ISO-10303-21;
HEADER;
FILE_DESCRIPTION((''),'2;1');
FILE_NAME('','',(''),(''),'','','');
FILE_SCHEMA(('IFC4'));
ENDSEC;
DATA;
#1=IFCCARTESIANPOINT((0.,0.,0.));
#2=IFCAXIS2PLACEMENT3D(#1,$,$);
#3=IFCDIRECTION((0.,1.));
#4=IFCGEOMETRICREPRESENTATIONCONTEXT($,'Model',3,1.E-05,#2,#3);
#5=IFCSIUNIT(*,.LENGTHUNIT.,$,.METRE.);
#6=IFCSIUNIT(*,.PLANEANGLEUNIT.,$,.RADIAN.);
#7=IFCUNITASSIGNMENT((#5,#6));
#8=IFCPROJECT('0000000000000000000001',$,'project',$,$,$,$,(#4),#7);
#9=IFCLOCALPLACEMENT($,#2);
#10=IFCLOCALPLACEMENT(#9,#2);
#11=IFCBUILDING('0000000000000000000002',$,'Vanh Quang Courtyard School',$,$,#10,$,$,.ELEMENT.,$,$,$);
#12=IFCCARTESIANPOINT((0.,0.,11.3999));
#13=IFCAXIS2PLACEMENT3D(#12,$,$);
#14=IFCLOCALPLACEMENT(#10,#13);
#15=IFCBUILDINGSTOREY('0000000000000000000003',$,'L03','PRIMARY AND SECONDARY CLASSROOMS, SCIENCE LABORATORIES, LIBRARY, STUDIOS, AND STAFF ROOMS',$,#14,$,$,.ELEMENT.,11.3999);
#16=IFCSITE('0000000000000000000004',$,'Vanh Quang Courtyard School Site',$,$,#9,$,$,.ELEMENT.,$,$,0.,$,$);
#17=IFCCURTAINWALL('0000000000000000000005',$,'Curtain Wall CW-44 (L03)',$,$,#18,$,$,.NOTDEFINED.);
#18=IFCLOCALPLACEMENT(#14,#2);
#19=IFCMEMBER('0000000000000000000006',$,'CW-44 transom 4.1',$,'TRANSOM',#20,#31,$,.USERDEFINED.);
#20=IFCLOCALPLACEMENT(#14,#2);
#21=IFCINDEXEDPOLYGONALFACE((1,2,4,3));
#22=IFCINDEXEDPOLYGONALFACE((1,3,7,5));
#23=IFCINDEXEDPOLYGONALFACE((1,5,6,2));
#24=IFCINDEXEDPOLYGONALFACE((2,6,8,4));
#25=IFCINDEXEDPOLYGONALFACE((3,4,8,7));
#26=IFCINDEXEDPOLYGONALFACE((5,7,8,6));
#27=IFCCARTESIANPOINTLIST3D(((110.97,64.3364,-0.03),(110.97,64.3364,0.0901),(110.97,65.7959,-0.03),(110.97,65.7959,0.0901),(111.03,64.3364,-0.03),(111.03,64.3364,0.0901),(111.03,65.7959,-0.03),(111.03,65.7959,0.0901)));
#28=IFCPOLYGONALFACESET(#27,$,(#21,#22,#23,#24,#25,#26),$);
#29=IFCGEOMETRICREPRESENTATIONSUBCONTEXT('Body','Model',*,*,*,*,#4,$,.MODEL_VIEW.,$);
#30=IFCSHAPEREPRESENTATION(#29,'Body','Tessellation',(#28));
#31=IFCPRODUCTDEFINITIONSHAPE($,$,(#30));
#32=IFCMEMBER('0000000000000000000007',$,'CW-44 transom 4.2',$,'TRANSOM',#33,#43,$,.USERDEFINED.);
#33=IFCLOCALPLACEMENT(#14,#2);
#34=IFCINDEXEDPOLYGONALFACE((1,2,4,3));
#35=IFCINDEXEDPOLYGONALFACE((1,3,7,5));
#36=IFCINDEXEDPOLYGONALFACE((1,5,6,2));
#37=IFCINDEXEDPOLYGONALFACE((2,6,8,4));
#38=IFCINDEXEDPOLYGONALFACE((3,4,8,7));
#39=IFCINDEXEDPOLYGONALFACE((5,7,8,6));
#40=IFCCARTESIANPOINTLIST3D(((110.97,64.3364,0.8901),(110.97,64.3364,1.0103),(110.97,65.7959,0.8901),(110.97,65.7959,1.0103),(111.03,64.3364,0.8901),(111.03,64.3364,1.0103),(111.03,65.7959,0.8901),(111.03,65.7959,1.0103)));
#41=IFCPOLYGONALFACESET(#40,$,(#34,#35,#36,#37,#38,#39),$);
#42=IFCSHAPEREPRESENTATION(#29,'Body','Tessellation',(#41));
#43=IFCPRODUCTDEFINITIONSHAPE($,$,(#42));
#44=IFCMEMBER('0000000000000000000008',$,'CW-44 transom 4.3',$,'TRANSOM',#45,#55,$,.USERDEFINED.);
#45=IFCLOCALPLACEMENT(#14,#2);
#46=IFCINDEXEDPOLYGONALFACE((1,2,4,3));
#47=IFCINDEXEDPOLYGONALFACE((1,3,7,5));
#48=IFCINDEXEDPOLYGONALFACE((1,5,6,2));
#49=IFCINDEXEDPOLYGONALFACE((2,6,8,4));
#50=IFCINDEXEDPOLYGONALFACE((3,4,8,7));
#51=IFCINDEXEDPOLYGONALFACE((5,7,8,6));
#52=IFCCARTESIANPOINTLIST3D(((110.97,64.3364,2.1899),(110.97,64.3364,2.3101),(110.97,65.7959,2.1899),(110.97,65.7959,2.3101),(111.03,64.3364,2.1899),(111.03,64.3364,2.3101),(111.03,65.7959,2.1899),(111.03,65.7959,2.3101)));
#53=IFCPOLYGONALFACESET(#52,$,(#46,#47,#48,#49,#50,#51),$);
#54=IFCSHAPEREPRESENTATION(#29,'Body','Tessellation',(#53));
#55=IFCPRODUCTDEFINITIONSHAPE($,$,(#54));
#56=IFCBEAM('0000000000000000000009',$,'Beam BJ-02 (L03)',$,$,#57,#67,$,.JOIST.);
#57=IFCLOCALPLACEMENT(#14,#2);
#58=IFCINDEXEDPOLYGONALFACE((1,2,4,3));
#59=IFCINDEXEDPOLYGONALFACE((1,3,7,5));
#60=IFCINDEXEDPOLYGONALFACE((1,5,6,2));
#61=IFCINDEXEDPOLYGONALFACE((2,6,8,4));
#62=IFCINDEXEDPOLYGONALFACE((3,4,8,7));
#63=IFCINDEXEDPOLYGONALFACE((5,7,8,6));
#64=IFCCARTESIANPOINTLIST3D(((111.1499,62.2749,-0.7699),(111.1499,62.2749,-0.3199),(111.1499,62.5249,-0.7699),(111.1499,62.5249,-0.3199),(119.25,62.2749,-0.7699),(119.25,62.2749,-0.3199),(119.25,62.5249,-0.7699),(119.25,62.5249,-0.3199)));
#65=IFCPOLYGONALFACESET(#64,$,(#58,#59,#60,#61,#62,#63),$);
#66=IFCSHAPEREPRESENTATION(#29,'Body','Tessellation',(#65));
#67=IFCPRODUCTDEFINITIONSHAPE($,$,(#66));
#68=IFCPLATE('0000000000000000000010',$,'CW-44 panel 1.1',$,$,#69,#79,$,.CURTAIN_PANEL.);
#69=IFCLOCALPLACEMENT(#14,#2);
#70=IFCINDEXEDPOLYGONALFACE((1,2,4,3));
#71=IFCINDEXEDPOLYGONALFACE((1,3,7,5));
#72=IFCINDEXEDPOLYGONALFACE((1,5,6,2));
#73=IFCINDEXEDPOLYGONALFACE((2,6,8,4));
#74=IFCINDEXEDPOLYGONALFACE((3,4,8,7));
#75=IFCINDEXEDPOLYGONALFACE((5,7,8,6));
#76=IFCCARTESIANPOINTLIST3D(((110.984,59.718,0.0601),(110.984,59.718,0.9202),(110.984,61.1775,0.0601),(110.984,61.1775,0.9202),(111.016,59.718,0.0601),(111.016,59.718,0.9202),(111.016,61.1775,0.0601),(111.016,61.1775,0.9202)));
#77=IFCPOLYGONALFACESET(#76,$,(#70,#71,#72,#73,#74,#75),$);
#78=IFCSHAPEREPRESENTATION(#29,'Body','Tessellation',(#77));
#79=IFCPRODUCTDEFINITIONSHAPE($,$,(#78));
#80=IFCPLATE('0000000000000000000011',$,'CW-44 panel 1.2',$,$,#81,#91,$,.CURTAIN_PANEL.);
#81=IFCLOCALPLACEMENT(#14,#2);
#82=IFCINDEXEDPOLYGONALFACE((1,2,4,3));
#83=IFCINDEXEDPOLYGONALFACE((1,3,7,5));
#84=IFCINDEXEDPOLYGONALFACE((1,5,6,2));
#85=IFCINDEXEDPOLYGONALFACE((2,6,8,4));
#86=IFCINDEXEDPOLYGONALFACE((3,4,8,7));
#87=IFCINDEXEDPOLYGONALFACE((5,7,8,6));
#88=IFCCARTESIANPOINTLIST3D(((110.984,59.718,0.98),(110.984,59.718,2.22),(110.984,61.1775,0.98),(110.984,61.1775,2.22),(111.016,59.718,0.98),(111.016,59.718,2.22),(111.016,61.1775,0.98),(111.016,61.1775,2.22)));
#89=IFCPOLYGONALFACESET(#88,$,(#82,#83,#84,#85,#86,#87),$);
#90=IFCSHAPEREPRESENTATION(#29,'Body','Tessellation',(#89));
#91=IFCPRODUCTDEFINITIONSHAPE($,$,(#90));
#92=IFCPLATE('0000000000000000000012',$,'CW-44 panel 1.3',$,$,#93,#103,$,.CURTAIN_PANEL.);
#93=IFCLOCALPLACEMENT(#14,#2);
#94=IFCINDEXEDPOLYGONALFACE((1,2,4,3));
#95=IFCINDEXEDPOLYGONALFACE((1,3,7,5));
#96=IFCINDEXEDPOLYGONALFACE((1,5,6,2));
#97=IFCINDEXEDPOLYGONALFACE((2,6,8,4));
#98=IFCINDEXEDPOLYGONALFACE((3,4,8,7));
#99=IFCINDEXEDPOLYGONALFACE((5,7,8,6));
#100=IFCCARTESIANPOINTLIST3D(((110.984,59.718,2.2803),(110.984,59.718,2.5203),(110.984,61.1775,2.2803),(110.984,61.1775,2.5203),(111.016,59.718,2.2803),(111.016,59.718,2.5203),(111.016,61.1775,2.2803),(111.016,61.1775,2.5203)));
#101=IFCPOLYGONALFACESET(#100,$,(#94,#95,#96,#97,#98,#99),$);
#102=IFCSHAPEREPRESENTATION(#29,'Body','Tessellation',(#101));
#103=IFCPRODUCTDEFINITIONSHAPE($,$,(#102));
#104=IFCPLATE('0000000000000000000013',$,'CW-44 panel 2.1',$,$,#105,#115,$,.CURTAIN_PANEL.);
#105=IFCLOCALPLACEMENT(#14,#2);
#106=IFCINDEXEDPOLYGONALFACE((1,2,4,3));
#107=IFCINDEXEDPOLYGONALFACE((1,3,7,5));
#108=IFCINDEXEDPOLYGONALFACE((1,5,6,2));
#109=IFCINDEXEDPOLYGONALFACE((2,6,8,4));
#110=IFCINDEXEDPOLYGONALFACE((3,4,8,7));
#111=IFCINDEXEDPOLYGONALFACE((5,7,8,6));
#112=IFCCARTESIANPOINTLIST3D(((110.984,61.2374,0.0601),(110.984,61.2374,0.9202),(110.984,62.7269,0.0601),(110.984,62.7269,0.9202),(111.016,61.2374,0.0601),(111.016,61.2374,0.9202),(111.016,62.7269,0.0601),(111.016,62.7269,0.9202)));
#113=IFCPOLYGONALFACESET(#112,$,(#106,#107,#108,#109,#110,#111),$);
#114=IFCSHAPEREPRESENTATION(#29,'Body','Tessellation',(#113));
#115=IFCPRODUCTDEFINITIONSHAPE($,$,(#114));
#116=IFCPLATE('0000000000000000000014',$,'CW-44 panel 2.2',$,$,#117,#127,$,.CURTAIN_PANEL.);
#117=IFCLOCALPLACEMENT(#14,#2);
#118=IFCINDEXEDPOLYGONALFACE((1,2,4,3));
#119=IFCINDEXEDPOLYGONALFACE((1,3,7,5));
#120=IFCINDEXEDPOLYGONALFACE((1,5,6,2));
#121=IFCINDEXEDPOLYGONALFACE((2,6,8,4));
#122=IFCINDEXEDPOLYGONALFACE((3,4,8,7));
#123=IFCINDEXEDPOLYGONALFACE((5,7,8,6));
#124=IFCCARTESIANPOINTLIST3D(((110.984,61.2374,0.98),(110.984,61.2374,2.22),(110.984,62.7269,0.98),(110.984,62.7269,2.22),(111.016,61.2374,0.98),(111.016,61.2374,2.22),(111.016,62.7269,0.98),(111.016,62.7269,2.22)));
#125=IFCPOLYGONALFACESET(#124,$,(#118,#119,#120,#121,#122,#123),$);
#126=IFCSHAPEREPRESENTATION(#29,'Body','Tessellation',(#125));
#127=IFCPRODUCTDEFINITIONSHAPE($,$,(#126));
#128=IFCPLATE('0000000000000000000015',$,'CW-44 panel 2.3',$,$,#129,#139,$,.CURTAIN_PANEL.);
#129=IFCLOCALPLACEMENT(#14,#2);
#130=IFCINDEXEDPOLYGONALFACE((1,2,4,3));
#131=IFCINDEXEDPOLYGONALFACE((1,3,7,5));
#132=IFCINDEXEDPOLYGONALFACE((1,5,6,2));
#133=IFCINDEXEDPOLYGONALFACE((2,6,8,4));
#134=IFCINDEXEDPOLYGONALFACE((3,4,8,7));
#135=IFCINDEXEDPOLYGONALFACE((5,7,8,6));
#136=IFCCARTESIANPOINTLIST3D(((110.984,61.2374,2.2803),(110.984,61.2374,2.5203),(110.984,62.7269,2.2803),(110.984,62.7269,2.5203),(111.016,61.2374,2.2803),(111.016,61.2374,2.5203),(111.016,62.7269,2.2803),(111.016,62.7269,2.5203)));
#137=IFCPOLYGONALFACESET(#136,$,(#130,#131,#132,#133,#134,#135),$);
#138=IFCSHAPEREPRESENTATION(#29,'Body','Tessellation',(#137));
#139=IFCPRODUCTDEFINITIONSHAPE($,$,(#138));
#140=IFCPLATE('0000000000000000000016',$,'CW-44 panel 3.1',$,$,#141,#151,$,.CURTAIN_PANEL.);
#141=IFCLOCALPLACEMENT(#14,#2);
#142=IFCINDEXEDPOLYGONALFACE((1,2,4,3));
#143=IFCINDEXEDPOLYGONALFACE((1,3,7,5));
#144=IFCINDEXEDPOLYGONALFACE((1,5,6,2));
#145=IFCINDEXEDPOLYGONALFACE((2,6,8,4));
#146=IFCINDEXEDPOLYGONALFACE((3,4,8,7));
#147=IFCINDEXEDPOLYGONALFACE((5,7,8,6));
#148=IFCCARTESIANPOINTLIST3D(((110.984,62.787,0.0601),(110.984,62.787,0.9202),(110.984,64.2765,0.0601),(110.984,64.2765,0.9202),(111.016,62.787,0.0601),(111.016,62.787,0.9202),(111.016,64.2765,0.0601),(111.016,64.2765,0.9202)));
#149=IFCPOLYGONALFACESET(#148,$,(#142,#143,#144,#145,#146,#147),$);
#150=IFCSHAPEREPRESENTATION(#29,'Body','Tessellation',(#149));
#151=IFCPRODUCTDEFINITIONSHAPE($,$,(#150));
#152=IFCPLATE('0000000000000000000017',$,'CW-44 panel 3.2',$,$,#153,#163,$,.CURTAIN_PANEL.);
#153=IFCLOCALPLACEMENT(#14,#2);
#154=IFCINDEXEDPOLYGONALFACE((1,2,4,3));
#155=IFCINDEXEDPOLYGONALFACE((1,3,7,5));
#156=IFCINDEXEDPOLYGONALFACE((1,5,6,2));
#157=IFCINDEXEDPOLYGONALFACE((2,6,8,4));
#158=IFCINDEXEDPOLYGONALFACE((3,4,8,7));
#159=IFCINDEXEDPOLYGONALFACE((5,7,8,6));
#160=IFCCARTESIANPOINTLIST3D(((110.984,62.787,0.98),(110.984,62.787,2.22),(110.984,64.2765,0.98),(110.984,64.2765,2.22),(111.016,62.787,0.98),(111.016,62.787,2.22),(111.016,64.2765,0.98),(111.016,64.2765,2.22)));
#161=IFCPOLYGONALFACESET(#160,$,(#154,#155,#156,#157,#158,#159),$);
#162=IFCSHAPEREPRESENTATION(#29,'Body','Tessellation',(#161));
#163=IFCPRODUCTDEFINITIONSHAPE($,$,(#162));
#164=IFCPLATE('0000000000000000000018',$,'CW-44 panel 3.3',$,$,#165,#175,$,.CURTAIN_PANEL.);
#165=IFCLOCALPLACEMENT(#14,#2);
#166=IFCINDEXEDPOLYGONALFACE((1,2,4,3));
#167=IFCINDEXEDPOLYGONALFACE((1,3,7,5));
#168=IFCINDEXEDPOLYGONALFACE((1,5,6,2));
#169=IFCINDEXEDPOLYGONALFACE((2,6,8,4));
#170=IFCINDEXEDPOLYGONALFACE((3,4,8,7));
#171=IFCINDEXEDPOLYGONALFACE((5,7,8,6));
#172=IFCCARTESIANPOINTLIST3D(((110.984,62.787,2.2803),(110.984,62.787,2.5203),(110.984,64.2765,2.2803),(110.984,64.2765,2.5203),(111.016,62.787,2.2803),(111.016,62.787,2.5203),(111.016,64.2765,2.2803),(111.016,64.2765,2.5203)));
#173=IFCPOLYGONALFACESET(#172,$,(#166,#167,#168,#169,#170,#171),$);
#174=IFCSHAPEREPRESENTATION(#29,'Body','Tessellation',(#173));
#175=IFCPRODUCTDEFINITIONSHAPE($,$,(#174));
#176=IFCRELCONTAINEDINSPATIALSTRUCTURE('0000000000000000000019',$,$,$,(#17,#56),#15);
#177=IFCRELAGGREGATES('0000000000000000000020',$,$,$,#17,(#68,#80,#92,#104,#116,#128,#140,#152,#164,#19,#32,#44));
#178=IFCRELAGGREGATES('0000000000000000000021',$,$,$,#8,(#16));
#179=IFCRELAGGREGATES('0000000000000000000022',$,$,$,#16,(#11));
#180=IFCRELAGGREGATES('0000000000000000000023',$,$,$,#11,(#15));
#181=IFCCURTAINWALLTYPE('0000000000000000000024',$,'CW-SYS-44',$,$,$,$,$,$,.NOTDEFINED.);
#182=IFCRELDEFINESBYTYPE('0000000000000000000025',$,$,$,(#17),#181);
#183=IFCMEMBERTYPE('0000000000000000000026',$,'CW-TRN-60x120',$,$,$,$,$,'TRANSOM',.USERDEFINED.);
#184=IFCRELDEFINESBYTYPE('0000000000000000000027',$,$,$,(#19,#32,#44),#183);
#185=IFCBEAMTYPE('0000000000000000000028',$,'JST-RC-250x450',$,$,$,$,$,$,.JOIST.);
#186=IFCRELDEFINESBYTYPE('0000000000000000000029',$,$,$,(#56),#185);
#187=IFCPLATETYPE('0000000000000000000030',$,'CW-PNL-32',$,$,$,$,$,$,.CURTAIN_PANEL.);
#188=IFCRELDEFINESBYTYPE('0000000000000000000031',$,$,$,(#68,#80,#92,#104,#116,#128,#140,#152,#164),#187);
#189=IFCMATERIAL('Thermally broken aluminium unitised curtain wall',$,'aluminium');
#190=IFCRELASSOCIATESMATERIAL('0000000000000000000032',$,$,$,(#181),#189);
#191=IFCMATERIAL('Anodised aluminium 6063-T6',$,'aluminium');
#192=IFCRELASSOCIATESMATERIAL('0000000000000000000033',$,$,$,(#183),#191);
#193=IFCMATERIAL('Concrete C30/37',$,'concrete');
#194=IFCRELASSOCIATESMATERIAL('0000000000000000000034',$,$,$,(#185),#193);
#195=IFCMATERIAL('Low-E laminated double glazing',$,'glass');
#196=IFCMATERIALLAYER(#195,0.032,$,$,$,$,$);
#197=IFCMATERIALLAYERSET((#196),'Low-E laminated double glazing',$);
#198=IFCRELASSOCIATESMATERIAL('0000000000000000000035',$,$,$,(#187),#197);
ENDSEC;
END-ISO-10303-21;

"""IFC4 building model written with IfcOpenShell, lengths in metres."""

from ifc_helpers import new_model, si_unit, direction, frame, origin, origin_2d, place, context, subcontext, project, spatial, rectangle, extrude, material, layer, layer_set, material_profile, profile_set, type_object, element, aggregate, save


model = new_model("IFC4")

# Units and contexts
model_context = context("Model", 3, precision=1e-05, world=origin(), true_north=direction((0.0, 1.0)))
body_context = subcontext(model_context, "Body", "Model", "MODEL_VIEW")
ifc_project = project(units=[si_unit("LENGTHUNIT", "METRE"), si_unit("PLANEANGLEUNIT", "RADIAN")], contexts=[model_context])

# Site, building, storey
site_placement = place(None, origin())
site = spatial("IfcSite", under=ifc_project, at=site_placement, Name="Vanh Quang Courtyard School Site", CompositionType="ELEMENT", RefElevation=0.0)
building_placement = place(site_placement, origin())
building = spatial("IfcBuilding", under=site, at=building_placement, Name="Vanh Quang Courtyard School", CompositionType="ELEMENT")
storey_placement = place(building_placement, frame((0.0, 0.0, 11.3999)))
storey = spatial("IfcBuildingStorey", under=building, at=storey_placement, Name="L03", Description="PRIMARY AND SECONDARY CLASSROOMS, SCIENCE LABORATORIES, LIBRARY, STUDIOS, AND STAFF ROOMS", CompositionType="ELEMENT", Elevation=11.3999)

# Curtain wall, members
ifc_material_1 = material(Name="Thermally broken aluminium unitised curtain wall", Category="aluminium")
curtain_wall_type = type_object("IfcCurtainWallType", Name="CW-SYS-44", PredefinedType="NOTDEFINED", material=ifc_material_1)
curtain_wall_placement = place(storey_placement, origin())
curtain_wall = element("IfcCurtainWall", 1, at=curtain_wall_placement, inside=storey, type_object=curtain_wall_type, Name="Curtain Wall CW-44 (L03)", PredefinedType="NOTDEFINED")
ifc_material_2 = material(Name="Anodised aluminium 6063-T6", Category="aluminium")
ifc_material_profile_1 = material_profile(ifc_material_2, rectangle(XDim=0.0601, YDim=0.1201, at=origin_2d()), Name="ALU-TRN 60x120")
ifc_profile_set_1 = profile_set([ifc_material_profile_1], Name="Anodised aluminium 6063-T6")
member_type_1 = type_object("IfcMemberType", Name="CW-TRN-60x120", ElementType="TRANSOM", PredefinedType="USERDEFINED", material=ifc_profile_set_1)
member_1_placement = place(storey_placement, frame((111.0, 64.3364, 0.03), z_axis=(0.0, 1.0, 0.0), x_axis=(-1.0, 0.0, 0.0)))
member_1 = element("IfcMember", 2, at=member_1_placement, type_object=member_type_1, Name="CW-44 transom 4.1", ObjectType="TRANSOM", PredefinedType="USERDEFINED", context=body_context, shape_type="SweptSolid", body=[
    extrude(rectangle(XDim=0.0601, YDim=0.1201, at=origin_2d()), origin(), (0.0, 0.0, 1.0), 1.4595),
])
member_2_placement = place(storey_placement, frame((111.0, 64.3364, 0.9502), z_axis=(0.0, 1.0, 0.0), x_axis=(-1.0, 0.0, 0.0)))
member_2 = element("IfcMember", 3, at=member_2_placement, type_object=member_type_1, Name="CW-44 transom 4.2", ObjectType="TRANSOM", PredefinedType="USERDEFINED", context=body_context, shape_type="SweptSolid", body=[
    extrude(rectangle(XDim=0.0601, YDim=0.1201, at=origin_2d()), origin(), (0.0, 0.0, 1.0), 1.4595),
])
member_3_placement = place(storey_placement, frame((111.0, 64.3364, 2.25), z_axis=(0.0, 1.0, 0.0), x_axis=(-1.0, 0.0, 0.0)))
member_3 = element("IfcMember", 4, at=member_3_placement, type_object=member_type_1, Name="CW-44 transom 4.3", ObjectType="TRANSOM", PredefinedType="USERDEFINED", context=body_context, shape_type="SweptSolid", body=[
    extrude(rectangle(XDim=0.0601, YDim=0.1201, at=origin_2d()), origin(), (0.0, 0.0, 1.0), 1.4595),
])

# Beam
ifc_material_3 = material(Name="Concrete C30/37", Category="concrete")
ifc_material_profile_2 = material_profile(ifc_material_3, rectangle(XDim=0.25, YDim=0.45, at=origin_2d()), Name="RC-JST 250x450")
ifc_profile_set_2 = profile_set([ifc_material_profile_2], Name="Concrete C30/37")
beam_type = type_object("IfcBeamType", Name="JST-RC-250x450", PredefinedType="JOIST", material=ifc_profile_set_2)
beam_placement = place(storey_placement, frame((111.1499, 62.3999, -0.5449), z_axis=(1.0, 0.0, 0.0), x_axis=(0.0, 1.0, 0.0)))
element("IfcBeam", 5, at=beam_placement, inside=storey, type_object=beam_type, Name="Beam BJ-02 (L03)", PredefinedType="JOIST", context=body_context, shape_type="SweptSolid", body=[
    extrude(rectangle(XDim=0.25, YDim=0.45, at=origin_2d()), origin(), (0.0, 0.0, 1.0), 8.1001),
])

# Plates
ifc_material_4 = material(Name="Low-E laminated double glazing", Category="glass")
ifc_layer = layer(ifc_material_4, 0.032)
ifc_layer_set = layer_set([ifc_layer], Name="Low-E laminated double glazing")
plate_type = type_object("IfcPlateType", Name="CW-PNL-32", PredefinedType="CURTAIN_PANEL", material=ifc_layer_set)
plate_1_placement = place(storey_placement, frame((111.0, 60.4478, 0.0601), z_axis=(0.0, 0.0, 1.0), x_axis=(0.0, 1.0, 0.0)))
plate_1 = element("IfcPlate", 6, at=plate_1_placement, type_object=plate_type, Name="CW-44 panel 1.1", PredefinedType="CURTAIN_PANEL", context=body_context, shape_type="SweptSolid", body=[
    extrude(rectangle(XDim=1.4595, YDim=0.032, at=origin_2d()), origin(), (0.0, 0.0, 1.0), 0.8601),
])
plate_2_placement = place(storey_placement, frame((111.0, 60.4478, 0.98), z_axis=(0.0, 0.0, 1.0), x_axis=(0.0, 1.0, 0.0)))
plate_2 = element("IfcPlate", 7, at=plate_2_placement, type_object=plate_type, Name="CW-44 panel 1.2", PredefinedType="CURTAIN_PANEL", context=body_context, shape_type="SweptSolid", body=[
    extrude(rectangle(XDim=1.4595, YDim=0.032, at=origin_2d()), origin(), (0.0, 0.0, 1.0), 1.24),
])
plate_3_placement = place(storey_placement, frame((111.0, 60.4478, 2.2803), z_axis=(0.0, 0.0, 1.0), x_axis=(0.0, 1.0, 0.0)))
plate_3 = element("IfcPlate", 8, at=plate_3_placement, type_object=plate_type, Name="CW-44 panel 1.3", PredefinedType="CURTAIN_PANEL", context=body_context, shape_type="SweptSolid", body=[
    extrude(rectangle(XDim=1.4595, YDim=0.032, at=origin_2d()), origin(), (0.0, 0.0, 1.0), 0.24),
])
plate_4_placement = place(storey_placement, frame((111.0, 61.9822, 0.0601), z_axis=(0.0, 0.0, 1.0), x_axis=(0.0, 1.0, 0.0)))
plate_4 = element("IfcPlate", 9, at=plate_4_placement, type_object=plate_type, Name="CW-44 panel 2.1", PredefinedType="CURTAIN_PANEL", context=body_context, shape_type="SweptSolid", body=[
    extrude(rectangle(XDim=1.4895, YDim=0.032, at=origin_2d()), origin(), (0.0, 0.0, 1.0), 0.8601),
])
plate_5_placement = place(storey_placement, frame((111.0, 61.9822, 0.98), z_axis=(0.0, 0.0, 1.0), x_axis=(0.0, 1.0, 0.0)))
plate_5 = element("IfcPlate", 10, at=plate_5_placement, type_object=plate_type, Name="CW-44 panel 2.2", PredefinedType="CURTAIN_PANEL", context=body_context, shape_type="SweptSolid", body=[
    extrude(rectangle(XDim=1.4895, YDim=0.032, at=origin_2d()), origin(), (0.0, 0.0, 1.0), 1.24),
])
plate_6_placement = place(storey_placement, frame((111.0, 61.9822, 2.2803), z_axis=(0.0, 0.0, 1.0), x_axis=(0.0, 1.0, 0.0)))
plate_6 = element("IfcPlate", 11, at=plate_6_placement, type_object=plate_type, Name="CW-44 panel 2.3", PredefinedType="CURTAIN_PANEL", context=body_context, shape_type="SweptSolid", body=[
    extrude(rectangle(XDim=1.4895, YDim=0.032, at=origin_2d()), origin(), (0.0, 0.0, 1.0), 0.24),
])
plate_7_placement = place(storey_placement, frame((111.0, 63.5317, 0.0601), z_axis=(0.0, 0.0, 1.0), x_axis=(0.0, 1.0, 0.0)))
plate_7 = element("IfcPlate", 12, at=plate_7_placement, type_object=plate_type, Name="CW-44 panel 3.1", PredefinedType="CURTAIN_PANEL", context=body_context, shape_type="SweptSolid", body=[
    extrude(rectangle(XDim=1.4895, YDim=0.032, at=origin_2d()), origin(), (0.0, 0.0, 1.0), 0.8601),
])
plate_8_placement = place(storey_placement, frame((111.0, 63.5317, 0.98), z_axis=(0.0, 0.0, 1.0), x_axis=(0.0, 1.0, 0.0)))
plate_8 = element("IfcPlate", 13, at=plate_8_placement, type_object=plate_type, Name="CW-44 panel 3.2", PredefinedType="CURTAIN_PANEL", context=body_context, shape_type="SweptSolid", body=[
    extrude(rectangle(XDim=1.4895, YDim=0.032, at=origin_2d()), origin(), (0.0, 0.0, 1.0), 1.24),
])
plate_9_placement = place(storey_placement, frame((111.0, 63.5317, 2.2803), z_axis=(0.0, 0.0, 1.0), x_axis=(0.0, 1.0, 0.0)))
plate_9 = element("IfcPlate", 14, at=plate_9_placement, type_object=plate_type, Name="CW-44 panel 3.3", PredefinedType="CURTAIN_PANEL", context=body_context, shape_type="SweptSolid", body=[
    extrude(rectangle(XDim=1.4895, YDim=0.032, at=origin_2d()), origin(), (0.0, 0.0, 1.0), 0.24),
])
aggregate(curtain_wall, [plate_1, plate_2, plate_3, plate_4, plate_5, plate_6, plate_7, plate_8, plate_9, member_1, member_2, member_3])

save(model, "model.ifc")
